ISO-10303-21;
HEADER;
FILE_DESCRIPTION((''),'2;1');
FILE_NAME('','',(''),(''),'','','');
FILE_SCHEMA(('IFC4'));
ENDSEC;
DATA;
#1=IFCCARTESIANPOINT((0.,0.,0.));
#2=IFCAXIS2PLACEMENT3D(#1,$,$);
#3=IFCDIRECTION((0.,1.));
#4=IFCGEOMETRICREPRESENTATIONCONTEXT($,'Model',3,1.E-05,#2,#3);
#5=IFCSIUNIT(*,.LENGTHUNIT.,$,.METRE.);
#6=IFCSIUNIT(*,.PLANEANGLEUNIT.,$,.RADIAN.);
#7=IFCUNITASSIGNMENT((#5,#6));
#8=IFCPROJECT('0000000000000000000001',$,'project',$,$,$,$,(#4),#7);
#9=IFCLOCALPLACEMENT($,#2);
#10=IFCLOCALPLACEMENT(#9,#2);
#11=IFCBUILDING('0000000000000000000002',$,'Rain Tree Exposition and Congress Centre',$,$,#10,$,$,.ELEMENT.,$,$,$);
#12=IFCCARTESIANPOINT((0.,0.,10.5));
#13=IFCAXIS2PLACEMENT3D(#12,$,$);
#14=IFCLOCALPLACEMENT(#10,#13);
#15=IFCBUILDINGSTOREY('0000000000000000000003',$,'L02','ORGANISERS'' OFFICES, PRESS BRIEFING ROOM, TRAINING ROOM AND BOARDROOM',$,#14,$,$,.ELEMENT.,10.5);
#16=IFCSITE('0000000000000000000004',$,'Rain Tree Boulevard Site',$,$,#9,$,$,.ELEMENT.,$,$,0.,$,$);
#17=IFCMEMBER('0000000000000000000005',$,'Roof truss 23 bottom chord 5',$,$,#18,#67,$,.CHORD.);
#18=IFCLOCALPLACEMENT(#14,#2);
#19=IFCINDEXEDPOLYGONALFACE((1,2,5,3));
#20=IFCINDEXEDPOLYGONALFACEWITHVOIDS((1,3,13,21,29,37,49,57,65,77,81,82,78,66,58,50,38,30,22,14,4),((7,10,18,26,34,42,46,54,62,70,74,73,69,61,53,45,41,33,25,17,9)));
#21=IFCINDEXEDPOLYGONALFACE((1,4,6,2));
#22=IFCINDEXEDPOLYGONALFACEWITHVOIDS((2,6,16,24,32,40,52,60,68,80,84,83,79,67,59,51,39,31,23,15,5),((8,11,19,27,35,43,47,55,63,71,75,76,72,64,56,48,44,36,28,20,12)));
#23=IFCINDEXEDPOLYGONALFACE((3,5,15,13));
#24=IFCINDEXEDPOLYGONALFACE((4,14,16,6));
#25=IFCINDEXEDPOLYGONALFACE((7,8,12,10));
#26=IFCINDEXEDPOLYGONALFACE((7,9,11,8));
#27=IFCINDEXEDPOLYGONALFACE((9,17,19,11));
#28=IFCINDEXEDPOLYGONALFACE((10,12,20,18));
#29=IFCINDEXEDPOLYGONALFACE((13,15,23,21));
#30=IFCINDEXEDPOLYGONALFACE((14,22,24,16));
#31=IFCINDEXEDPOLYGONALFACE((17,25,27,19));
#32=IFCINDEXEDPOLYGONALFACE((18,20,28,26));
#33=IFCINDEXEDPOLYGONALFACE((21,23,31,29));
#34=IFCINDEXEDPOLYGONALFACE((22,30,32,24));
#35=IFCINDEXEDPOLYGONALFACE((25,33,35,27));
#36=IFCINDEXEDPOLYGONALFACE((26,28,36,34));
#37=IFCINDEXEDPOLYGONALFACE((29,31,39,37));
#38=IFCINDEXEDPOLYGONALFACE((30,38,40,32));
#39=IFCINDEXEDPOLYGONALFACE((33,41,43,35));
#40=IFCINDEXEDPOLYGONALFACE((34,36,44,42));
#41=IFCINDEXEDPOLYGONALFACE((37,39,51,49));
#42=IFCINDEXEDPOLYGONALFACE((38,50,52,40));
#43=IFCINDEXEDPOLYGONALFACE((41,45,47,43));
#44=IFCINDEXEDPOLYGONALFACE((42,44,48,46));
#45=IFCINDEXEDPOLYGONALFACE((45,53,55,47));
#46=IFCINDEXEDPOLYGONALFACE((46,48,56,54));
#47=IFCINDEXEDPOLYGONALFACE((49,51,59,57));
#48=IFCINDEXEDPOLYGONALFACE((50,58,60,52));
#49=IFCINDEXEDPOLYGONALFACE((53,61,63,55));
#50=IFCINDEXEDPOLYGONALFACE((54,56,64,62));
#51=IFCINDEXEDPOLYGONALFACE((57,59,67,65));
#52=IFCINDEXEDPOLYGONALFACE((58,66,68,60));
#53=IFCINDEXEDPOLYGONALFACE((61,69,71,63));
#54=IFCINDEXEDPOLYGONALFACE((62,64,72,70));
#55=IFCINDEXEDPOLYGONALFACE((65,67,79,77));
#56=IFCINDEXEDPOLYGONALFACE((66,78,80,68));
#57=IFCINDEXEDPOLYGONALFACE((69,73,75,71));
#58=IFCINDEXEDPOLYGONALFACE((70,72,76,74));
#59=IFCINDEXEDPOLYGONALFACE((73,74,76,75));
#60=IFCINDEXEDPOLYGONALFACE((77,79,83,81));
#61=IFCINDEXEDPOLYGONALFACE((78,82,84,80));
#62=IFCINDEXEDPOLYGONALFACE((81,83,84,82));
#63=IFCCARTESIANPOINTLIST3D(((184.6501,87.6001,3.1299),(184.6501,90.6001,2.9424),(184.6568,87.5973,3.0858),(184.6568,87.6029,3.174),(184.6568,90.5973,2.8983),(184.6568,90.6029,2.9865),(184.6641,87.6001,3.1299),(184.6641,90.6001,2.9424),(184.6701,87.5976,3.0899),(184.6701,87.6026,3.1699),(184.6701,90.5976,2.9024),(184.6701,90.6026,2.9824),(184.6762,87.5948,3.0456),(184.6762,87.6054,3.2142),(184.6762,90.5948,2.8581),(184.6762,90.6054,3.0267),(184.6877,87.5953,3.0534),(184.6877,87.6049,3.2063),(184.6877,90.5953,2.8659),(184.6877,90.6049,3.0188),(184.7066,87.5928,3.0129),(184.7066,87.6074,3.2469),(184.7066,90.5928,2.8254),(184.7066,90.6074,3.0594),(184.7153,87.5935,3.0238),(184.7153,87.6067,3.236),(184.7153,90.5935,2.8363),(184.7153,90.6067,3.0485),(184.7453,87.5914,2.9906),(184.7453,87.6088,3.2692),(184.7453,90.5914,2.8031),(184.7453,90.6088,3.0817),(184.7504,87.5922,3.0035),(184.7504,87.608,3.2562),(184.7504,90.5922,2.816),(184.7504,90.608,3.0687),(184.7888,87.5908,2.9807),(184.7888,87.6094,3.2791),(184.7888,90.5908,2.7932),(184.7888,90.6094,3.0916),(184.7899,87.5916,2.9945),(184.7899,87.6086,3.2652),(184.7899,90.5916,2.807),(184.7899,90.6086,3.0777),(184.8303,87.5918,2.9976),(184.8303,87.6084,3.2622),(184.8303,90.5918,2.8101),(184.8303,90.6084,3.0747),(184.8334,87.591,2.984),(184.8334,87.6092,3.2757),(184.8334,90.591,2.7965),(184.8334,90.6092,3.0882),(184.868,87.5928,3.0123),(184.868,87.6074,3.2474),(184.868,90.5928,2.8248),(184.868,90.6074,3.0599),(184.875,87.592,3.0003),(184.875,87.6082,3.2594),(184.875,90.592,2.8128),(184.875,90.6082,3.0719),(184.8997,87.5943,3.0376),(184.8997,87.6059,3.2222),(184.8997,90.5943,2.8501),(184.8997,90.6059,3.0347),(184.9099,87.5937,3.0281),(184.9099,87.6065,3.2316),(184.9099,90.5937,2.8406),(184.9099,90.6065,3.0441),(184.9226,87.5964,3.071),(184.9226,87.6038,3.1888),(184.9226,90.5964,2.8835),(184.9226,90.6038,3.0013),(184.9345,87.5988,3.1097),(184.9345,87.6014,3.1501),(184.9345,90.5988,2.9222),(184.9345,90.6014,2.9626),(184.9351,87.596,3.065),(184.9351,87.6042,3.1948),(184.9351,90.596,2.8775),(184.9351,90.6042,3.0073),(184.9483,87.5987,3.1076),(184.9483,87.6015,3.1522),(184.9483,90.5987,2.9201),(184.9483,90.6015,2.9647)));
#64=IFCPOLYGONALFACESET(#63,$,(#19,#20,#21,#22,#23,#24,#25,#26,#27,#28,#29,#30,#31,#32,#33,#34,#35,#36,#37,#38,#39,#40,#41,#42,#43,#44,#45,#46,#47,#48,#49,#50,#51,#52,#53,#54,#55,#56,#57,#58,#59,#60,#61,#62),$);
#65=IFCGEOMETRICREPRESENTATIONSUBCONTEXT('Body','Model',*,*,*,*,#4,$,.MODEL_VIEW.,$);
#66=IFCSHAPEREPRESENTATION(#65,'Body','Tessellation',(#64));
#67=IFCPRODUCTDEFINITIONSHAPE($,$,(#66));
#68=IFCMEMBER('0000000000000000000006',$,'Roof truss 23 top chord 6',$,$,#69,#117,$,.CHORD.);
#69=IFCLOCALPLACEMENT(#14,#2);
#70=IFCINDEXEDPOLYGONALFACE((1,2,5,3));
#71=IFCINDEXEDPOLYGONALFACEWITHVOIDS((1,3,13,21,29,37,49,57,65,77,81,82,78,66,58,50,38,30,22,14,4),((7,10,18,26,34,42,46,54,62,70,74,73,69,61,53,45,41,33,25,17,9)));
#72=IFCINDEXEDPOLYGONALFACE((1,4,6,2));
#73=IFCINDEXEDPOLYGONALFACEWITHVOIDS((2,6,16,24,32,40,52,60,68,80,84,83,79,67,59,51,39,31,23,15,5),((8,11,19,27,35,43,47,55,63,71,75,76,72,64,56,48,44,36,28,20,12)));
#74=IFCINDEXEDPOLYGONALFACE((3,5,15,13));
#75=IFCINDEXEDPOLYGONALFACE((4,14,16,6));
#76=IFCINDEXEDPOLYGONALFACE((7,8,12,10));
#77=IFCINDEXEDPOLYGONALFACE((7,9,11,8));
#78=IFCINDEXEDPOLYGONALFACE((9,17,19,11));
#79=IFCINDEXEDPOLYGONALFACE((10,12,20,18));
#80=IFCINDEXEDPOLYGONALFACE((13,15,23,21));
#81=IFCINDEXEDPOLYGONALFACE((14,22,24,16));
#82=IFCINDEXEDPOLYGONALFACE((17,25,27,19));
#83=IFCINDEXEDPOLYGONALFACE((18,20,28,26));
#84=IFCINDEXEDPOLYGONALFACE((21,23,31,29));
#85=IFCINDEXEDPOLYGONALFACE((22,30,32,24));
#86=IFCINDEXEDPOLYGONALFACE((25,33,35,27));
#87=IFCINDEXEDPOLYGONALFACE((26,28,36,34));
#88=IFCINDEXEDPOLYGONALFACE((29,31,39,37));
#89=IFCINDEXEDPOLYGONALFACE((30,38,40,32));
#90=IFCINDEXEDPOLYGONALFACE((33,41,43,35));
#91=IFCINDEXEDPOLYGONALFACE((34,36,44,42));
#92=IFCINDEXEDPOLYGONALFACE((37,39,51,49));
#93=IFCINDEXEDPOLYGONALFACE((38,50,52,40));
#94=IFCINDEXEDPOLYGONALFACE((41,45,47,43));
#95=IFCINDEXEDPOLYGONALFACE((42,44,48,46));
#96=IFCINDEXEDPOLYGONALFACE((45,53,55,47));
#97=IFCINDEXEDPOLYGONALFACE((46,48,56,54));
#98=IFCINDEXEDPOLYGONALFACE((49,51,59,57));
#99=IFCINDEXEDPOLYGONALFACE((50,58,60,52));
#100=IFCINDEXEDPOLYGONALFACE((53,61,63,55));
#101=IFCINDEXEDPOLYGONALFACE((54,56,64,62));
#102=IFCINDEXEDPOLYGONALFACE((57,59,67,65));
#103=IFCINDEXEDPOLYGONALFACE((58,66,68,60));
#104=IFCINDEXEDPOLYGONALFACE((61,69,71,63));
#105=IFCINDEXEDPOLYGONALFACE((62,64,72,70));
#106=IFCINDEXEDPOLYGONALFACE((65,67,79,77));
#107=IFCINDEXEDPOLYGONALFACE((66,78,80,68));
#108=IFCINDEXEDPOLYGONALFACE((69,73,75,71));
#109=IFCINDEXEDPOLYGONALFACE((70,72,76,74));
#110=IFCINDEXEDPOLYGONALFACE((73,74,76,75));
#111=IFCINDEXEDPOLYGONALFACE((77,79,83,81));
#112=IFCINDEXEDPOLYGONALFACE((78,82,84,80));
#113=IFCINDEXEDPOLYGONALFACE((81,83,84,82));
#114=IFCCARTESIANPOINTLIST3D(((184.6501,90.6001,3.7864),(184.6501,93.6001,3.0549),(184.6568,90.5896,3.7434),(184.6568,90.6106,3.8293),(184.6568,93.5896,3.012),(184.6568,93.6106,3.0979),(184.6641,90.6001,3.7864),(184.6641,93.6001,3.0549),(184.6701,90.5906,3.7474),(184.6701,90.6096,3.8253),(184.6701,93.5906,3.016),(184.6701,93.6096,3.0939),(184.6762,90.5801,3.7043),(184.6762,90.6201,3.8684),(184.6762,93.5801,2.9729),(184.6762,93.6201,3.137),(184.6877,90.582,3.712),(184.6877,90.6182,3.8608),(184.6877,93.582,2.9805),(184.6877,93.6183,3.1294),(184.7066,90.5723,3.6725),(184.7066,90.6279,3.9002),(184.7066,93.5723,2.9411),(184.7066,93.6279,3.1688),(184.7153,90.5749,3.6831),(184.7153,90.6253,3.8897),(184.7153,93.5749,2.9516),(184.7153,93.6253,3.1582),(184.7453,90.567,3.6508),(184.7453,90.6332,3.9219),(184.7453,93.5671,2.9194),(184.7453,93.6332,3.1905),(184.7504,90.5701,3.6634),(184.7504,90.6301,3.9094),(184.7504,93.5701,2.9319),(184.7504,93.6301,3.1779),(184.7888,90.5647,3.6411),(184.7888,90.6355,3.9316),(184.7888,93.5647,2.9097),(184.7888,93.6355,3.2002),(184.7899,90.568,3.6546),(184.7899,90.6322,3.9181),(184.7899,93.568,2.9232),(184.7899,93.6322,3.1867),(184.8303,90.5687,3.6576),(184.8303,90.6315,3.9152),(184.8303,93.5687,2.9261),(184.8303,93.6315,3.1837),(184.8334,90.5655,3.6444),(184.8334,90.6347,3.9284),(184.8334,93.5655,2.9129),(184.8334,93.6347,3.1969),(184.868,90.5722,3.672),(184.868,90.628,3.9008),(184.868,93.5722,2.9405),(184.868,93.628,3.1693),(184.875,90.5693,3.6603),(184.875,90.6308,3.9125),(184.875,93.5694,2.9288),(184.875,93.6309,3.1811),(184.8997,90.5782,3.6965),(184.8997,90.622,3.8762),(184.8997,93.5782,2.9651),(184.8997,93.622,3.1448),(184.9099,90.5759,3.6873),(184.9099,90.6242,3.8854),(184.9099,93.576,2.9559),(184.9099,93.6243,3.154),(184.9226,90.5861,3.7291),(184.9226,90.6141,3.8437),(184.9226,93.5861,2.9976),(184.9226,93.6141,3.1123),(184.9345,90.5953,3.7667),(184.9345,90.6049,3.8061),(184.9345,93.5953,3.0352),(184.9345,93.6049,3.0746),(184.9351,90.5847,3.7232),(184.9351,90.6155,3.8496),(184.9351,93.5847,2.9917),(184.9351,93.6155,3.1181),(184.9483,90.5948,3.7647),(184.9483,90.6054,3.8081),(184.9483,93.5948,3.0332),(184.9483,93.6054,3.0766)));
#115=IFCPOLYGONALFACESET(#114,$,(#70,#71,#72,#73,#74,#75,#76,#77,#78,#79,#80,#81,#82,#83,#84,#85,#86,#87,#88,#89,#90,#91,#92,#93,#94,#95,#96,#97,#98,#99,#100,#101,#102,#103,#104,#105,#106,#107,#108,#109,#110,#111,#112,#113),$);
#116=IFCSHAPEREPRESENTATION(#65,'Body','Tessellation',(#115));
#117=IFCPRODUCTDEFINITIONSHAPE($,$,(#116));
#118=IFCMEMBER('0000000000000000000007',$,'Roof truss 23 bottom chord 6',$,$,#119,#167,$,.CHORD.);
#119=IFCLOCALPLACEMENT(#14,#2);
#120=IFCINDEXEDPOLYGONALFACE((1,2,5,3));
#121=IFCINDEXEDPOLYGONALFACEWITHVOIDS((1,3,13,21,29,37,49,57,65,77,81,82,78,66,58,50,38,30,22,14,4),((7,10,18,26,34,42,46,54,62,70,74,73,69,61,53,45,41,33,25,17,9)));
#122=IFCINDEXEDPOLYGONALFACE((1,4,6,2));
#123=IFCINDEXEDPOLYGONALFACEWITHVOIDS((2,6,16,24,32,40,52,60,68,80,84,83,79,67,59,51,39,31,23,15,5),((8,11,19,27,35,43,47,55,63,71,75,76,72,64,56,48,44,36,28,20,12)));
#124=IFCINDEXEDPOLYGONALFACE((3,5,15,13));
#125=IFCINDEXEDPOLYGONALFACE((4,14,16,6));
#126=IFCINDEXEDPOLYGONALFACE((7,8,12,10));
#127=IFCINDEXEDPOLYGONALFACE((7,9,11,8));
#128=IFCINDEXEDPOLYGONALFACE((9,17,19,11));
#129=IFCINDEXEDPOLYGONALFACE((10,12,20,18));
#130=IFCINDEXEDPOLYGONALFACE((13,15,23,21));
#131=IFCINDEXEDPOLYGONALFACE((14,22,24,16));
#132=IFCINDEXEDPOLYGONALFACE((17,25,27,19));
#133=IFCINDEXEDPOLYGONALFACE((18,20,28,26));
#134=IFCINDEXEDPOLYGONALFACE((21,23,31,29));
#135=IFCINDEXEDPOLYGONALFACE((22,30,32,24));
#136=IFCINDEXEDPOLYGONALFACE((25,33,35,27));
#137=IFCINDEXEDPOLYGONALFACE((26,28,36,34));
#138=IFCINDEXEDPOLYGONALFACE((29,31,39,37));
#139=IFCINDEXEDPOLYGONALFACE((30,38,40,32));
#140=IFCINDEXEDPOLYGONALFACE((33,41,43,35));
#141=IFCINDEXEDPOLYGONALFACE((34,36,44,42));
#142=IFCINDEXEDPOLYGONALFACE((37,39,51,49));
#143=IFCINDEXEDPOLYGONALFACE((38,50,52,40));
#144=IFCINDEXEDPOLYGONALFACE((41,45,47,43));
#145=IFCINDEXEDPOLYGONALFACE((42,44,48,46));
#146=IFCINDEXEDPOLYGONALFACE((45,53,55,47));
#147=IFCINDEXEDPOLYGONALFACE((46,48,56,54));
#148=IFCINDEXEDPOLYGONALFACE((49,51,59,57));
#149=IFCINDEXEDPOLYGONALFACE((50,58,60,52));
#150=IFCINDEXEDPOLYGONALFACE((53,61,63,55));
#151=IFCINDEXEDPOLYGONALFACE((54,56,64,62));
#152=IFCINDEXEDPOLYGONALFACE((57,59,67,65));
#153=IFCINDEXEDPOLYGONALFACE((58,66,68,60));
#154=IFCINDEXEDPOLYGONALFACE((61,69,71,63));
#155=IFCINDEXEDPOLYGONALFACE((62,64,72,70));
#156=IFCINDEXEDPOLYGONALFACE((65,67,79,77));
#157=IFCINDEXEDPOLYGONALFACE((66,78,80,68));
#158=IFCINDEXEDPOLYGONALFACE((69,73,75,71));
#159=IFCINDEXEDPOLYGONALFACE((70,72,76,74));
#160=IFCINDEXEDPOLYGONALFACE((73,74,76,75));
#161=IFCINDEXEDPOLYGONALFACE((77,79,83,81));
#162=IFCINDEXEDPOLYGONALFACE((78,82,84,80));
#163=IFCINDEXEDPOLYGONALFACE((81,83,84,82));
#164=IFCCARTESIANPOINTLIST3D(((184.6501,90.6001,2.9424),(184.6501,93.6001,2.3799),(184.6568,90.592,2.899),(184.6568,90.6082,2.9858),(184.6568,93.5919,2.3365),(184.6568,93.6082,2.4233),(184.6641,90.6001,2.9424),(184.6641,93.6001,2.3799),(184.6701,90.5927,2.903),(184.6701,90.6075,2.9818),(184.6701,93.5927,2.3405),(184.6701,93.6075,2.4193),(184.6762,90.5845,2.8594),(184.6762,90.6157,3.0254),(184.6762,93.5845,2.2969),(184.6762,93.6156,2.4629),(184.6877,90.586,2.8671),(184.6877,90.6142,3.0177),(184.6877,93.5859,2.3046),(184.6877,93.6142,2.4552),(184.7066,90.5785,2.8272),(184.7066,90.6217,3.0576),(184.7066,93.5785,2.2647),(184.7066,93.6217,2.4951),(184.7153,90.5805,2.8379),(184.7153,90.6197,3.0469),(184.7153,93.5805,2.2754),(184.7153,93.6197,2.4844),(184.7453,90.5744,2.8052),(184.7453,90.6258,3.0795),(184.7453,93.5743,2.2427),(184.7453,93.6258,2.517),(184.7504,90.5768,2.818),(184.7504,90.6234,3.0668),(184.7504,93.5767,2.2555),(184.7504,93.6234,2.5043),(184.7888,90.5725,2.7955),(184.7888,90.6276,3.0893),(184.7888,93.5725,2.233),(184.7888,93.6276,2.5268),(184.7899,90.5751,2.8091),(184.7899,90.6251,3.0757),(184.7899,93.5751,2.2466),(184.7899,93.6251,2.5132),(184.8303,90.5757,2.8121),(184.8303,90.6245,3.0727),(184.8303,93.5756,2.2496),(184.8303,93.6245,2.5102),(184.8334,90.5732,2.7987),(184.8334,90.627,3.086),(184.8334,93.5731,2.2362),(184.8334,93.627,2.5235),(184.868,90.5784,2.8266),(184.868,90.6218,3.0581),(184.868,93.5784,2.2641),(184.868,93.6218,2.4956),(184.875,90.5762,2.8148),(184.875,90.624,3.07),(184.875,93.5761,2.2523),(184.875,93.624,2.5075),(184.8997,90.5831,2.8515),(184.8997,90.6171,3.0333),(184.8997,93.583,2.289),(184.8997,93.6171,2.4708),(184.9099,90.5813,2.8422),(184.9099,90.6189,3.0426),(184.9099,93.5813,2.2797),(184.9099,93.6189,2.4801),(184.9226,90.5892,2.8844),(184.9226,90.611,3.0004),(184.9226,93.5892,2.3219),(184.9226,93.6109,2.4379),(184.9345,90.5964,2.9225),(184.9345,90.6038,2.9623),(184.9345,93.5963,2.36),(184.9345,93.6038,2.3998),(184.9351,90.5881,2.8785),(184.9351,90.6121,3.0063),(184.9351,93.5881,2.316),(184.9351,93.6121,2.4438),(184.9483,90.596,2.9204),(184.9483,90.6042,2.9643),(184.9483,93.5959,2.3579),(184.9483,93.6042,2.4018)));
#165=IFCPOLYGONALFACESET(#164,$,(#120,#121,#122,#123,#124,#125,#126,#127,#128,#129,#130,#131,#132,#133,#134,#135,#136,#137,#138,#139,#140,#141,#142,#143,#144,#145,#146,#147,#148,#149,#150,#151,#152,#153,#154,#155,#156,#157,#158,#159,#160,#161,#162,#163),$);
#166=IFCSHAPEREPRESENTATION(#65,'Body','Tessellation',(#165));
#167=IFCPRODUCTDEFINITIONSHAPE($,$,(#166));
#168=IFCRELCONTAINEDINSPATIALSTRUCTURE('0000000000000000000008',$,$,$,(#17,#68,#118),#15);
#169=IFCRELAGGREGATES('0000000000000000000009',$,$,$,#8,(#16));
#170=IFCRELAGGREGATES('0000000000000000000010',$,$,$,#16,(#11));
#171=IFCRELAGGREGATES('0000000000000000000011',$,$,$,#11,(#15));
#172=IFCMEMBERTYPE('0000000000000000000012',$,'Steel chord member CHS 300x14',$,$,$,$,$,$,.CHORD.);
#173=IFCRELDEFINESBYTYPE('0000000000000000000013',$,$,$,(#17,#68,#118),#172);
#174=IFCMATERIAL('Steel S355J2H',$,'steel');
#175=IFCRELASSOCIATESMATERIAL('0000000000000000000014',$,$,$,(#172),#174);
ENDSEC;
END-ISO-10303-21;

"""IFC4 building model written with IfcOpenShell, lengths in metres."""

from ifc_helpers import new_model, si_unit, direction, frame, origin, origin_2d, place, context, subcontext, project, spatial, hollow_circle, extrude, material, material_profile, profile_set, type_object, element, save


model = new_model("IFC4")

# Units and contexts
model_context = context("Model", 3, precision=1e-05, world=origin(), true_north=direction((0.0, 1.0)))
body_context = subcontext(model_context, "Body", "Model", "MODEL_VIEW")
ifc_project = project(units=[si_unit("LENGTHUNIT", "METRE"), si_unit("PLANEANGLEUNIT", "RADIAN")], contexts=[model_context])

# Site, building, storey
site_placement = place(None, origin())
site = spatial("IfcSite", under=ifc_project, at=site_placement, Name="Rain Tree Boulevard Site", CompositionType="ELEMENT", RefElevation=0.0)
building_placement = place(site_placement, origin())
building = spatial("IfcBuilding", under=site, at=building_placement, Name="Rain Tree Exposition and Congress Centre", CompositionType="ELEMENT")
storey_placement = place(building_placement, frame((0.0, 0.0, 10.5)))
storey = spatial("IfcBuildingStorey", under=building, at=storey_placement, Name="L02", Description="ORGANISERS' OFFICES, PRESS BRIEFING ROOM, TRAINING ROOM AND BOARDROOM", CompositionType="ELEMENT", Elevation=10.5)

# Members
ifc_material_1 = material(Name="Steel S355J2H", Category="steel")
ifc_material_profile_1 = material_profile(ifc_material_1, hollow_circle(Radius=0.1499, WallThickness=0.0139, at=origin_2d()), Name="CHS 300x14")
ifc_profile_set_1 = profile_set([ifc_material_profile_1], Name="Steel S355J2H")
member_type_1 = type_object("IfcMemberType", Name="Steel chord member CHS 300x14", PredefinedType="CHORD", material=ifc_profile_set_1)
member_1_placement = place(storey_placement, frame((184.8, 87.6001, 3.1299), z_axis=(0.0, 0.998053, -0.062378), x_axis=(-1.0, 0.0, 0.0)))
element("IfcMember", 1, at=member_1_placement, inside=storey, type_object=member_type_1, Name="Roof truss 23 bottom chord 5", PredefinedType="CHORD", context=body_context, shape_type="SweptSolid", body=[
    extrude(hollow_circle(Radius=0.1499, WallThickness=0.0139, at=origin_2d()), origin(), (0.0, 0.0, 1.0), 3.0059),
])
member_2_placement = place(storey_placement, frame((184.8, 90.6001, 3.7864), z_axis=(0.0, 0.97154, -0.236876), x_axis=(-1.0, 0.0, 0.0)))
element("IfcMember", 2, at=member_2_placement, inside=storey, type_object=member_type_1, Name="Roof truss 23 top chord 6", PredefinedType="CHORD", context=body_context, shape_type="SweptSolid", body=[
    extrude(hollow_circle(Radius=0.1499, WallThickness=0.0139, at=origin_2d()), origin(), (0.0, 0.0, 1.0), 3.0879),
])
member_3_placement = place(storey_placement, frame((184.8, 90.6001, 2.9424), z_axis=(0.0, 0.982872, -0.184289), x_axis=(-1.0, 0.0, 0.0)))
element("IfcMember", 3, at=member_3_placement, inside=storey, type_object=member_type_1, Name="Roof truss 23 bottom chord 6", PredefinedType="CHORD", context=body_context, shape_type="SweptSolid", body=[
    extrude(hollow_circle(Radius=0.1499, WallThickness=0.0139, at=origin_2d()), origin(), (0.0, 0.0, 1.0), 3.0522),
])

save(model, "model.ifc")
